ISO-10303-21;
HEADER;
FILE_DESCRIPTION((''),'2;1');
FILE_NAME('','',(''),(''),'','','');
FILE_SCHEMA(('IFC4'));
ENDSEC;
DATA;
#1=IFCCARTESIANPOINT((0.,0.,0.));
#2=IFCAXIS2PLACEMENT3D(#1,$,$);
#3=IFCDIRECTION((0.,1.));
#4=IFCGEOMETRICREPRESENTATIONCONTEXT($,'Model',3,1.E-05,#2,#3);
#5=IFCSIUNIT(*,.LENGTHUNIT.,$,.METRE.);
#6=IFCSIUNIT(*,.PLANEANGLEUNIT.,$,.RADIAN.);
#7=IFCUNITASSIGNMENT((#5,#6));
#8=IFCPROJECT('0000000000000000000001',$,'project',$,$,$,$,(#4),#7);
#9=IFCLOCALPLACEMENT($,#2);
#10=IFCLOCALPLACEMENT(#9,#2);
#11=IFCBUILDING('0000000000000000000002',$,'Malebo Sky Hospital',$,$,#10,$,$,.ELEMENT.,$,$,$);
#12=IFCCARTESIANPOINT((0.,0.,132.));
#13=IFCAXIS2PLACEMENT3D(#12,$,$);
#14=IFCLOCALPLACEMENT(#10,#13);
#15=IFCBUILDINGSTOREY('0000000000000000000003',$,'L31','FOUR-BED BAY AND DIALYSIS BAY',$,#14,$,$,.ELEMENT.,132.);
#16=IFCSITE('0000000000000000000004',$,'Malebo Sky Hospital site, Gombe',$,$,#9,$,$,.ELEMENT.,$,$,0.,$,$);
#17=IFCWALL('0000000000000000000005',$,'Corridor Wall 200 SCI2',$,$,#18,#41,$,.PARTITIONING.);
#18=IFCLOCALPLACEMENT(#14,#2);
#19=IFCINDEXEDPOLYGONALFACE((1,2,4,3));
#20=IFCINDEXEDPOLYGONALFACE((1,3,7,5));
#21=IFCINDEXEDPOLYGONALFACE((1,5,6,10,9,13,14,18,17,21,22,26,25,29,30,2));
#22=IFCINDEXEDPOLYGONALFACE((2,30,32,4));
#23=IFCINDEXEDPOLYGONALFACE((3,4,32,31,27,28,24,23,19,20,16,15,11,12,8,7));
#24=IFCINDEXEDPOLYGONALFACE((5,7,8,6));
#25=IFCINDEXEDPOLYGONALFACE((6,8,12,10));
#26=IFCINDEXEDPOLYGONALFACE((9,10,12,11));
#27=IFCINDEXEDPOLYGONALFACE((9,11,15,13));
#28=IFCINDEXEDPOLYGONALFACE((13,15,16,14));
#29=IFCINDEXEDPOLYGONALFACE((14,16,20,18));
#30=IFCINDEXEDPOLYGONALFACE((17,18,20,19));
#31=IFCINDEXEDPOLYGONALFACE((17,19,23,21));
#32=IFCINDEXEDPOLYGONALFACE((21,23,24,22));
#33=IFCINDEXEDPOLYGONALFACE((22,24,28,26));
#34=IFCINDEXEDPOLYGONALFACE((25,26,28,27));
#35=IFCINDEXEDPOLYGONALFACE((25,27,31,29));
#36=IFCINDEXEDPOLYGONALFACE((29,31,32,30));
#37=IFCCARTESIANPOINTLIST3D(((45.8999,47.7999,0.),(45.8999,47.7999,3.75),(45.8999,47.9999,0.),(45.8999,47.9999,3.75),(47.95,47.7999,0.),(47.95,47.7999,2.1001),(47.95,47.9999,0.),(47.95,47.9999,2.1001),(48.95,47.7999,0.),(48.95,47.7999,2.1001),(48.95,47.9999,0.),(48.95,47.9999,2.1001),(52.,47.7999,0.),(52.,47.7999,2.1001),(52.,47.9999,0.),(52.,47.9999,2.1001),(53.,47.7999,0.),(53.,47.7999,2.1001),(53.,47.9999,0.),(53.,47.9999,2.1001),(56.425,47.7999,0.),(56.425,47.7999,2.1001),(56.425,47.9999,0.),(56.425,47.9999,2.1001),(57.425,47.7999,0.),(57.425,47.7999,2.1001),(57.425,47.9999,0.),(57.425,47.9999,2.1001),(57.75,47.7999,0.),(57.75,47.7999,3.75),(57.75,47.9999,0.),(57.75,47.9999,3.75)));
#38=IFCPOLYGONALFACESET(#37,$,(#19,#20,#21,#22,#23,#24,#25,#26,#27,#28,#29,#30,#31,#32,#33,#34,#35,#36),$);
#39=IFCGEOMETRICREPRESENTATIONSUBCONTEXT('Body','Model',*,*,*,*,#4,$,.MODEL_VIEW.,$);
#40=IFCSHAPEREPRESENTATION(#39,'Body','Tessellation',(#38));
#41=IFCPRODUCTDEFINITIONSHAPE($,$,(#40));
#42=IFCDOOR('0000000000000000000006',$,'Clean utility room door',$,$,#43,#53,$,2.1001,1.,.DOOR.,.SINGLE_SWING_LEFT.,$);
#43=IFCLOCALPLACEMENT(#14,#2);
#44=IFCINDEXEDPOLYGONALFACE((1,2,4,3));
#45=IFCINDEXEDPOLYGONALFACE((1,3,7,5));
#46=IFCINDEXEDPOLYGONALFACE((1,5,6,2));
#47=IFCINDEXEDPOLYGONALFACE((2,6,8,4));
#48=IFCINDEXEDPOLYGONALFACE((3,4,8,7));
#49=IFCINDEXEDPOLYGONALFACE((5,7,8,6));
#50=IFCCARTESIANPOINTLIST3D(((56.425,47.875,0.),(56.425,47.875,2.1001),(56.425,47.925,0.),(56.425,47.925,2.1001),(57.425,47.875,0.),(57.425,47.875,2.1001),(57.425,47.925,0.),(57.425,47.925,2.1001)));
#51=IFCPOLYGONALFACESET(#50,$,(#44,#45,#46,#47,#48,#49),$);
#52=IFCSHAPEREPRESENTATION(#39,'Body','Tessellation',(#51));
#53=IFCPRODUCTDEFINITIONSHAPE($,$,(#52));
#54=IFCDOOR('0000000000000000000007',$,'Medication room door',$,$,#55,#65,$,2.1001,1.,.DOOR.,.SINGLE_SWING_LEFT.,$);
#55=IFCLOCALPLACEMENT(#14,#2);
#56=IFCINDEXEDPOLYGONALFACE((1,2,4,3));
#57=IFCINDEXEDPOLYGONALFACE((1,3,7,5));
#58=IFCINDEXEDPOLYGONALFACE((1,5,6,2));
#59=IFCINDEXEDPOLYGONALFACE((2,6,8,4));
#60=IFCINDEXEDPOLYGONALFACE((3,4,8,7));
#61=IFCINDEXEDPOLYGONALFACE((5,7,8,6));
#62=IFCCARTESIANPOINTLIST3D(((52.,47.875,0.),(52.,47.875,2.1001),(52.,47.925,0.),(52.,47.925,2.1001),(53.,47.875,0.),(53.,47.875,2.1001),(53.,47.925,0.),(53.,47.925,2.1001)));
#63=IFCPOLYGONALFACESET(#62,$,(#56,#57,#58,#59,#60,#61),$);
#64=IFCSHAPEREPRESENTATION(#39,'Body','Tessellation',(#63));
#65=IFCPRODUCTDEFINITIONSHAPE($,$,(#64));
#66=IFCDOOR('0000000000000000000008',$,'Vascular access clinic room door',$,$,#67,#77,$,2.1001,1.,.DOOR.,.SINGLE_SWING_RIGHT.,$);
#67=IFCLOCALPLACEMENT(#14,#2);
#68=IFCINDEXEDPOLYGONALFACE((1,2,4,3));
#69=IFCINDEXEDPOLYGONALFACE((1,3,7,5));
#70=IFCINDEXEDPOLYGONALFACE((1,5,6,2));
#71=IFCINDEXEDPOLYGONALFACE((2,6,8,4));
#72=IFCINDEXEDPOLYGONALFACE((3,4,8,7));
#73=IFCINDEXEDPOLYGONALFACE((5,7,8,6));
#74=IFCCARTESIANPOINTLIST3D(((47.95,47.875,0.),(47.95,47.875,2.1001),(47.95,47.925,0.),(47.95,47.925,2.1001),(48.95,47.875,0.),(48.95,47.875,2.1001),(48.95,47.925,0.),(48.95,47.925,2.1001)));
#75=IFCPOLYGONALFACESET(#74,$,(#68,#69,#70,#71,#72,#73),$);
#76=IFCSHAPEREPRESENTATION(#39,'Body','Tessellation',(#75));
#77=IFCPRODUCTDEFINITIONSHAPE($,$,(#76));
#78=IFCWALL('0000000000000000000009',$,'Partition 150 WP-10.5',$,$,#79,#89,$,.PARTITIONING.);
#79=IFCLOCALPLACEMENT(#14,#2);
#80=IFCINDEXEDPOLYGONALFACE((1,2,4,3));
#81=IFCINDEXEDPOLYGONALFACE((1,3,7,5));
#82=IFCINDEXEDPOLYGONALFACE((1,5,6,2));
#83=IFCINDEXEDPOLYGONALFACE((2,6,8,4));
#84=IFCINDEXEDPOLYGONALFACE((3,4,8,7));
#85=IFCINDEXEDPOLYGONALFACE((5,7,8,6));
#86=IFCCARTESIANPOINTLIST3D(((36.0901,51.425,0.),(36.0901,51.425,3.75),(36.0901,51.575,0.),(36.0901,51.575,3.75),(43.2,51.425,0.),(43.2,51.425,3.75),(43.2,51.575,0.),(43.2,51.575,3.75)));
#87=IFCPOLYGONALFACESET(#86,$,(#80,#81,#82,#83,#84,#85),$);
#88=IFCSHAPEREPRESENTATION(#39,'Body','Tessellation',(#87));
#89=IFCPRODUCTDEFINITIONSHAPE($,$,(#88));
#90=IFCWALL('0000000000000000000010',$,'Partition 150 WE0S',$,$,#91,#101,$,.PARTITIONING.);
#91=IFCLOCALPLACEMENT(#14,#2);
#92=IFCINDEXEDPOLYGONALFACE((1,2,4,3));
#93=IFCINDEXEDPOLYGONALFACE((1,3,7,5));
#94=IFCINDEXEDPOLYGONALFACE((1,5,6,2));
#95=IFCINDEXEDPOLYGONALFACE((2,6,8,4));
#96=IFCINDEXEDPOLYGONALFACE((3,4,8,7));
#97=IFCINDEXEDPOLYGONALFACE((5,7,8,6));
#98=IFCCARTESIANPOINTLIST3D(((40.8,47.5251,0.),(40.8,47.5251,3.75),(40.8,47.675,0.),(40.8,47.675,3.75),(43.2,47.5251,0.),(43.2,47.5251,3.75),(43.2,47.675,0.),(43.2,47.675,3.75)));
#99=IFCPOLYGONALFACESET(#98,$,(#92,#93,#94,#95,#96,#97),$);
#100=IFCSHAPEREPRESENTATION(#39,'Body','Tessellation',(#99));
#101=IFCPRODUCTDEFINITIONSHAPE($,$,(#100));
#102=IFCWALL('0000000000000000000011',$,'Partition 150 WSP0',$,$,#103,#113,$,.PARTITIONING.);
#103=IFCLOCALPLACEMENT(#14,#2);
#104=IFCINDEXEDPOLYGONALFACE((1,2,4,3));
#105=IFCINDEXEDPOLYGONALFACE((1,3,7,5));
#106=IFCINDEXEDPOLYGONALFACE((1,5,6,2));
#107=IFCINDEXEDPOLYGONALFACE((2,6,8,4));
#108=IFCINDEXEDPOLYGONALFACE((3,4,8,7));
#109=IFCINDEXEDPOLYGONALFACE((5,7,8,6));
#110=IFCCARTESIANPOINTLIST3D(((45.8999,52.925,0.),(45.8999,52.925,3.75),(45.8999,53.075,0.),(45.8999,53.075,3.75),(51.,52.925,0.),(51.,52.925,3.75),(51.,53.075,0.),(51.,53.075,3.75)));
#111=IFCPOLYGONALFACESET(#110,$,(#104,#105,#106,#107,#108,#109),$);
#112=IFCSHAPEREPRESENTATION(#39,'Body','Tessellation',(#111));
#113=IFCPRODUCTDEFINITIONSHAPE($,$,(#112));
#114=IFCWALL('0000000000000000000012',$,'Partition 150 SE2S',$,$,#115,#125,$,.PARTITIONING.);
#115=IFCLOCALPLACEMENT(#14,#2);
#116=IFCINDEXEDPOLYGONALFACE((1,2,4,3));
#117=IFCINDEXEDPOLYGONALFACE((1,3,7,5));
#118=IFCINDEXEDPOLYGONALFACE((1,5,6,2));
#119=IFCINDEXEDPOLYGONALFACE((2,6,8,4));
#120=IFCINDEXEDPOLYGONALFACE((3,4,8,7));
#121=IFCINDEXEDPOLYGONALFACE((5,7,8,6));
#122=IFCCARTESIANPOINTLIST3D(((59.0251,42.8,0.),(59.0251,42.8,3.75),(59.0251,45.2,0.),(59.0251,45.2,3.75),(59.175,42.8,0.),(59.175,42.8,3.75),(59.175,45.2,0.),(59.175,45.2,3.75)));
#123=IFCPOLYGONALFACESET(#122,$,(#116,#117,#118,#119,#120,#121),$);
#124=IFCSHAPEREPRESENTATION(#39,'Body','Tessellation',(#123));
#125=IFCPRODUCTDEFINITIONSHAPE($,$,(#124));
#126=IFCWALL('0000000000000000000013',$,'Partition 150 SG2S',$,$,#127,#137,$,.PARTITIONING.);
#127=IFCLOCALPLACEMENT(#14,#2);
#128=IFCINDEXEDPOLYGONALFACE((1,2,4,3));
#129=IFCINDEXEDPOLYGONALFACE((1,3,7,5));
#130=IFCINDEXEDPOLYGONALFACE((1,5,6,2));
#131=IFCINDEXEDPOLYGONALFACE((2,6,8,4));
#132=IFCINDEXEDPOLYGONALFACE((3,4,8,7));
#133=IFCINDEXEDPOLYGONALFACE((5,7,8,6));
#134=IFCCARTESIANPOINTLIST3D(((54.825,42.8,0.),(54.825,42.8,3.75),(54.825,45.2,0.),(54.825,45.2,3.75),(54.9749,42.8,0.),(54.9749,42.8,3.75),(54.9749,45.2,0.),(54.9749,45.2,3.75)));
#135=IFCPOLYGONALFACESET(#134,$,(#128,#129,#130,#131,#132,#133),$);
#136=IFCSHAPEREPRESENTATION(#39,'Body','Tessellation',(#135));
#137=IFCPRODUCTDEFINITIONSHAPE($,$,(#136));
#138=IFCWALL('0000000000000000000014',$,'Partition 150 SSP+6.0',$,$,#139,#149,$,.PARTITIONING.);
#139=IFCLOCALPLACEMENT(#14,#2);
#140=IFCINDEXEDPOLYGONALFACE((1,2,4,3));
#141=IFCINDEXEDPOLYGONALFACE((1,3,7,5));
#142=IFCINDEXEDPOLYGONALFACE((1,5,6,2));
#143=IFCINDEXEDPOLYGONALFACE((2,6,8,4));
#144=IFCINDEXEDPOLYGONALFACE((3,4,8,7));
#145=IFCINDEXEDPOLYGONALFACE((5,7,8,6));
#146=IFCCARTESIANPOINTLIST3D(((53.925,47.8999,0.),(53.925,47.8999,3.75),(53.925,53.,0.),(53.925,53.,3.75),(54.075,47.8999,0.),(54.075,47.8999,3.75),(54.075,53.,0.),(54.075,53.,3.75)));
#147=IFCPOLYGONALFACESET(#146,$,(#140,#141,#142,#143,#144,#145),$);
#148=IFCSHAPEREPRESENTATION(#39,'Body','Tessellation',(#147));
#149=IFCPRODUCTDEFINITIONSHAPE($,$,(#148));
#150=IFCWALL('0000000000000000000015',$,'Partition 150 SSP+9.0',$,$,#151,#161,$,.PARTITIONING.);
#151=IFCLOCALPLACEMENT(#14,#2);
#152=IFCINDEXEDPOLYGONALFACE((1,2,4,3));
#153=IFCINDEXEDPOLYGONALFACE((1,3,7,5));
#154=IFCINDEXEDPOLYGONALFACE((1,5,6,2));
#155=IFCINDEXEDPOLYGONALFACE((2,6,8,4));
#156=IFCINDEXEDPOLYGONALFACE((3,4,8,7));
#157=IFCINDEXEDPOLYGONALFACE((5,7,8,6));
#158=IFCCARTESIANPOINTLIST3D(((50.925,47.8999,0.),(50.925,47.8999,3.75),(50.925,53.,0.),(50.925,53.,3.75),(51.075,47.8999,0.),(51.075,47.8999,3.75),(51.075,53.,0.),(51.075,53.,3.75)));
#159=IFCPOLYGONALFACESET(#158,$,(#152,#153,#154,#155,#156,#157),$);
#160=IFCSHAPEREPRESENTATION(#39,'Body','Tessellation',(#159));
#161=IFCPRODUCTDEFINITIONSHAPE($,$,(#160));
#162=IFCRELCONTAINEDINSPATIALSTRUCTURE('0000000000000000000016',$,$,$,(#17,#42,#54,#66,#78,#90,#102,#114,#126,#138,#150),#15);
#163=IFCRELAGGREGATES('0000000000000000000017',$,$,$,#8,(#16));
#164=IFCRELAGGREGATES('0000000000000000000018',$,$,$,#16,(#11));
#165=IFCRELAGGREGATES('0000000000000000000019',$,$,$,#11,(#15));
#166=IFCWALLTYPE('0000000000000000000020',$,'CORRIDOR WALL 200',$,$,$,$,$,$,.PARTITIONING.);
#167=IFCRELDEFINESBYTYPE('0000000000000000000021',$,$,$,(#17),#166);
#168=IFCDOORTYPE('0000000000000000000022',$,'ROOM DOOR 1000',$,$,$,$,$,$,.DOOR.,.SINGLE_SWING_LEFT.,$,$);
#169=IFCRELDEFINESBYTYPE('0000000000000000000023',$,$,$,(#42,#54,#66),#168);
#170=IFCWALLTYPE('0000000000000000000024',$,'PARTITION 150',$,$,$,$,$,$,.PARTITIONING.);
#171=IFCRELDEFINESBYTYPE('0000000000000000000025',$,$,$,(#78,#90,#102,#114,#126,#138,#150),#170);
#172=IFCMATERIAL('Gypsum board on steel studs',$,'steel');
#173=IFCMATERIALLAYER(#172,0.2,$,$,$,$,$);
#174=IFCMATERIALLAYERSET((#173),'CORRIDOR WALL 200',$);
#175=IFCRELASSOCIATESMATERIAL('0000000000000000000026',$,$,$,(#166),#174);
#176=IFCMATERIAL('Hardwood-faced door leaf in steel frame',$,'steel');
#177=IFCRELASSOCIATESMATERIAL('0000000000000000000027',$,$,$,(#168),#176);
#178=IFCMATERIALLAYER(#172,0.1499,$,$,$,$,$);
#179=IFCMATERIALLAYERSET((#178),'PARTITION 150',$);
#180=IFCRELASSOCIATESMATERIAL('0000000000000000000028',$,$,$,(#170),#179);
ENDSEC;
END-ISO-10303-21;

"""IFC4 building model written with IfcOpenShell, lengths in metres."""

from ifc_helpers import new_model, si_unit, direction, frame, frame_2d, origin, place, context, subcontext, project, spatial, rectangle, extrude, material, layer, layer_set, type_object, element, fill, save


model = new_model("IFC4")

# Units and contexts
model_context = context("Model", 3, precision=1e-05, world=origin(), true_north=direction((0.0, 1.0)))
body_context = subcontext(model_context, "Body", "Model", "MODEL_VIEW")
ifc_project = project(units=[si_unit("LENGTHUNIT", "METRE"), si_unit("PLANEANGLEUNIT", "RADIAN")], contexts=[model_context])

# Site, building, storey
site_placement = place(None, origin())
site = spatial("IfcSite", under=ifc_project, at=site_placement, Name="Malebo Sky Hospital site, Gombe", CompositionType="ELEMENT", RefElevation=0.0)
building_placement = place(site_placement, origin())
building = spatial("IfcBuilding", under=site, at=building_placement, Name="Malebo Sky Hospital", CompositionType="ELEMENT")
storey_placement = place(building_placement, frame((0.0, 0.0, 132.0)))
storey = spatial("IfcBuildingStorey", under=building, at=storey_placement, Name="L31", Description="FOUR-BED BAY AND DIALYSIS BAY", CompositionType="ELEMENT", Elevation=132.0)

# Shared definitions
ifc_material_1 = material(Name="Gypsum board on steel studs", Category="steel")
ifc_layer_1 = layer(ifc_material_1, 0.2)
ifc_layer_set_1 = layer_set([ifc_layer_1], Name="CORRIDOR WALL 200")
wall_type_1 = type_object("IfcWallType", Name="CORRIDOR WALL 200", PredefinedType="PARTITIONING", material=ifc_layer_set_1)
ifc_material_2 = material(Name="Hardwood-faced door leaf in steel frame", Category="steel")
door_type = type_object("IfcDoorType", Name="ROOM DOOR 1000", OperationType="SINGLE_SWING_LEFT", PredefinedType="DOOR", material=ifc_material_2)

# Wall, openings, doors
wall_1_placement = place(storey_placement, frame((57.75, 47.8999, 0.0), z_axis=(0.0, 0.0, 1.0), x_axis=(-1.0, 0.0, 0.0)))
wall_1 = element("IfcWall", 1, at=wall_1_placement, inside=storey, type_object=wall_type_1, Name="Corridor Wall 200 SCI2", PredefinedType="PARTITIONING", context=body_context, shape_type="SweptSolid", body=[
    extrude(rectangle(XDim=11.8501, YDim=0.2, at=frame_2d((5.925, 0.0))), origin(), (0.0, 0.0, 1.0), 3.75),
])
opening_1_placement = place(wall_1_placement, frame((0.325, 0.0, 0.0)))
opening_1 = element("IfcOpeningElement", 2, at=opening_1_placement, cuts=wall_1, PredefinedType="OPENING", context=body_context, shape_type="SweptSolid", body=[
    extrude(rectangle(XDim=1.0, YDim=2.1001, at=frame_2d((0.5, 1.05))), frame((0.0, 0.1099, 0.0), z_axis=(0.0, -1.0, 0.0), x_axis=(1.0, 0.0, 0.0)), (0.0, 0.0, 1.0), 0.22),
])
opening_2_placement = place(wall_1_placement, frame((4.75, 0.0, 0.0)))
opening_2 = element("IfcOpeningElement", 3, at=opening_2_placement, cuts=wall_1, PredefinedType="OPENING", context=body_context, shape_type="SweptSolid", body=[
    extrude(rectangle(XDim=1.0, YDim=2.1001, at=frame_2d((0.5, 1.05))), frame((0.0, 0.1099, 0.0), z_axis=(0.0, -1.0, 0.0), x_axis=(1.0, 0.0, 0.0)), (0.0, 0.0, 1.0), 0.22),
])
opening_3_placement = place(wall_1_placement, frame((8.8, 0.0, 0.0)))
opening_3 = element("IfcOpeningElement", 4, at=opening_3_placement, cuts=wall_1, PredefinedType="OPENING", context=body_context, shape_type="SweptSolid", body=[
    extrude(rectangle(XDim=1.0, YDim=2.1001, at=frame_2d((0.5, 1.05))), frame((0.0, 0.1099, 0.0), z_axis=(0.0, -1.0, 0.0), x_axis=(1.0, 0.0, 0.0)), (0.0, 0.0, 1.0), 0.22),
])
door_1_placement = place(opening_1_placement, origin())
door_1 = element("IfcDoor", 5, at=door_1_placement, inside=storey, type_object=door_type, Name="Clean utility room door", OperationType="SINGLE_SWING_LEFT", OverallHeight=2.1001, OverallWidth=1.0, PredefinedType="DOOR", context=body_context, shape_type="SweptSolid", body=[
    extrude(rectangle(XDim=1.0, YDim=2.1001, at=frame_2d((0.5, 1.05))), frame((0.0, 0.0249, 0.0), z_axis=(0.0, -1.0, 0.0), x_axis=(1.0, 0.0, 0.0)), (0.0, 0.0, 1.0), 0.05),
])
fill(opening_1, door_1)
door_2_placement = place(opening_2_placement, origin())
door_2 = element("IfcDoor", 6, at=door_2_placement, inside=storey, type_object=door_type, Name="Medication room door", OperationType="SINGLE_SWING_LEFT", OverallHeight=2.1001, OverallWidth=1.0, PredefinedType="DOOR", context=body_context, shape_type="SweptSolid", body=[
    extrude(rectangle(XDim=1.0, YDim=2.1001, at=frame_2d((0.5, 1.05))), frame((0.0, 0.0249, 0.0), z_axis=(0.0, -1.0, 0.0), x_axis=(1.0, 0.0, 0.0)), (0.0, 0.0, 1.0), 0.05),
])
fill(opening_2, door_2)
door_3_placement = place(opening_3_placement, origin())
door_3 = element("IfcDoor", 7, at=door_3_placement, inside=storey, type_object=door_type, Name="Vascular access clinic room door", OperationType="SINGLE_SWING_RIGHT", OverallHeight=2.1001, OverallWidth=1.0, PredefinedType="DOOR", context=body_context, shape_type="SweptSolid", body=[
    extrude(rectangle(XDim=1.0, YDim=2.1001, at=frame_2d((0.5, 1.05))), frame((0.0, 0.0249, 0.0), z_axis=(0.0, -1.0, 0.0), x_axis=(1.0, 0.0, 0.0)), (0.0, 0.0, 1.0), 0.05),
])
fill(opening_3, door_3)

# Walls
ifc_layer_2 = layer(ifc_material_1, 0.1499)
ifc_layer_set_2 = layer_set([ifc_layer_2], Name="PARTITION 150")
wall_type_2 = type_object("IfcWallType", Name="PARTITION 150", PredefinedType="PARTITIONING", material=ifc_layer_set_2)
wall_2_placement = place(storey_placement, frame((43.2, 51.5, 0.0), z_axis=(0.0, 0.0, 1.0), x_axis=(-1.0, 0.0, 0.0)))
element("IfcWall", 8, at=wall_2_placement, inside=storey, type_object=wall_type_2, Name="Partition 150 WP-10.5", PredefinedType="PARTITIONING", context=body_context, shape_type="SweptSolid", body=[
    extrude(rectangle(XDim=7.1099, YDim=0.1499, at=frame_2d((3.5549, 0.0))), origin(), (0.0, 0.0, 1.0), 3.75),
])
wall_3_placement = place(storey_placement, frame((43.2, 47.6001, 0.0), z_axis=(0.0, 0.0, 1.0), x_axis=(-1.0, 0.0, 0.0)))
element("IfcWall", 9, at=wall_3_placement, inside=storey, type_object=wall_type_2, Name="Partition 150 WE0S", PredefinedType="PARTITIONING", context=body_context, shape_type="SweptSolid", body=[
    extrude(rectangle(XDim=2.3999, YDim=0.1499, at=frame_2d((1.2, 0.0))), origin(), (0.0, 0.0, 1.0), 3.75),
])
wall_4_placement = place(storey_placement, frame((51.0, 53.0, 0.0), z_axis=(0.0, 0.0, 1.0), x_axis=(-1.0, 0.0, 0.0)))
element("IfcWall", 10, at=wall_4_placement, inside=storey, type_object=wall_type_2, Name="Partition 150 WSP0", PredefinedType="PARTITIONING", context=body_context, shape_type="SweptSolid", body=[
    extrude(rectangle(XDim=5.1001, YDim=0.1499, at=frame_2d((2.55, 0.0))), origin(), (0.0, 0.0, 1.0), 3.75),
])
for number, where, z_axis, x_axis, name in (
    (11, (59.1001, 45.2, 0.0), (0.0, 0.0, 1.0), (0.0, -1.0, 0.0), "Partition 150 SE2S"),
    (12, (54.8999, 45.2, 0.0), (0.0, 0.0, 1.0), (0.0, -1.0, 0.0), "Partition 150 SG2S"),
):
    element("IfcWall", number, at=place(storey_placement, frame(where, z_axis=z_axis, x_axis=x_axis)), inside=storey, type_object=wall_type_2, Name=name, PredefinedType="PARTITIONING", context=body_context, shape_type="SweptSolid", body=[
        extrude(rectangle(XDim=2.3999, YDim=0.1499, at=frame_2d((1.2, 0.0))), origin(), (0.0, 0.0, 1.0), 3.75),
    ])
for number, where, z_axis, x_axis, name in (
    (13, (54.0, 53.0, 0.0), (0.0, 0.0, 1.0), (0.0, -1.0, 0.0), "Partition 150 SSP+6.0"),
    (14, (51.0, 53.0, 0.0), (0.0, 0.0, 1.0), (0.0, -1.0, 0.0), "Partition 150 SSP+9.0"),
):
    element("IfcWall", number, at=place(storey_placement, frame(where, z_axis=z_axis, x_axis=x_axis)), inside=storey, type_object=wall_type_2, Name=name, PredefinedType="PARTITIONING", context=body_context, shape_type="SweptSolid", body=[
        extrude(rectangle(XDim=5.1001, YDim=0.1499, at=frame_2d((2.55, 0.0))), origin(), (0.0, 0.0, 1.0), 3.75),
    ])

save(model, "model.ifc")
